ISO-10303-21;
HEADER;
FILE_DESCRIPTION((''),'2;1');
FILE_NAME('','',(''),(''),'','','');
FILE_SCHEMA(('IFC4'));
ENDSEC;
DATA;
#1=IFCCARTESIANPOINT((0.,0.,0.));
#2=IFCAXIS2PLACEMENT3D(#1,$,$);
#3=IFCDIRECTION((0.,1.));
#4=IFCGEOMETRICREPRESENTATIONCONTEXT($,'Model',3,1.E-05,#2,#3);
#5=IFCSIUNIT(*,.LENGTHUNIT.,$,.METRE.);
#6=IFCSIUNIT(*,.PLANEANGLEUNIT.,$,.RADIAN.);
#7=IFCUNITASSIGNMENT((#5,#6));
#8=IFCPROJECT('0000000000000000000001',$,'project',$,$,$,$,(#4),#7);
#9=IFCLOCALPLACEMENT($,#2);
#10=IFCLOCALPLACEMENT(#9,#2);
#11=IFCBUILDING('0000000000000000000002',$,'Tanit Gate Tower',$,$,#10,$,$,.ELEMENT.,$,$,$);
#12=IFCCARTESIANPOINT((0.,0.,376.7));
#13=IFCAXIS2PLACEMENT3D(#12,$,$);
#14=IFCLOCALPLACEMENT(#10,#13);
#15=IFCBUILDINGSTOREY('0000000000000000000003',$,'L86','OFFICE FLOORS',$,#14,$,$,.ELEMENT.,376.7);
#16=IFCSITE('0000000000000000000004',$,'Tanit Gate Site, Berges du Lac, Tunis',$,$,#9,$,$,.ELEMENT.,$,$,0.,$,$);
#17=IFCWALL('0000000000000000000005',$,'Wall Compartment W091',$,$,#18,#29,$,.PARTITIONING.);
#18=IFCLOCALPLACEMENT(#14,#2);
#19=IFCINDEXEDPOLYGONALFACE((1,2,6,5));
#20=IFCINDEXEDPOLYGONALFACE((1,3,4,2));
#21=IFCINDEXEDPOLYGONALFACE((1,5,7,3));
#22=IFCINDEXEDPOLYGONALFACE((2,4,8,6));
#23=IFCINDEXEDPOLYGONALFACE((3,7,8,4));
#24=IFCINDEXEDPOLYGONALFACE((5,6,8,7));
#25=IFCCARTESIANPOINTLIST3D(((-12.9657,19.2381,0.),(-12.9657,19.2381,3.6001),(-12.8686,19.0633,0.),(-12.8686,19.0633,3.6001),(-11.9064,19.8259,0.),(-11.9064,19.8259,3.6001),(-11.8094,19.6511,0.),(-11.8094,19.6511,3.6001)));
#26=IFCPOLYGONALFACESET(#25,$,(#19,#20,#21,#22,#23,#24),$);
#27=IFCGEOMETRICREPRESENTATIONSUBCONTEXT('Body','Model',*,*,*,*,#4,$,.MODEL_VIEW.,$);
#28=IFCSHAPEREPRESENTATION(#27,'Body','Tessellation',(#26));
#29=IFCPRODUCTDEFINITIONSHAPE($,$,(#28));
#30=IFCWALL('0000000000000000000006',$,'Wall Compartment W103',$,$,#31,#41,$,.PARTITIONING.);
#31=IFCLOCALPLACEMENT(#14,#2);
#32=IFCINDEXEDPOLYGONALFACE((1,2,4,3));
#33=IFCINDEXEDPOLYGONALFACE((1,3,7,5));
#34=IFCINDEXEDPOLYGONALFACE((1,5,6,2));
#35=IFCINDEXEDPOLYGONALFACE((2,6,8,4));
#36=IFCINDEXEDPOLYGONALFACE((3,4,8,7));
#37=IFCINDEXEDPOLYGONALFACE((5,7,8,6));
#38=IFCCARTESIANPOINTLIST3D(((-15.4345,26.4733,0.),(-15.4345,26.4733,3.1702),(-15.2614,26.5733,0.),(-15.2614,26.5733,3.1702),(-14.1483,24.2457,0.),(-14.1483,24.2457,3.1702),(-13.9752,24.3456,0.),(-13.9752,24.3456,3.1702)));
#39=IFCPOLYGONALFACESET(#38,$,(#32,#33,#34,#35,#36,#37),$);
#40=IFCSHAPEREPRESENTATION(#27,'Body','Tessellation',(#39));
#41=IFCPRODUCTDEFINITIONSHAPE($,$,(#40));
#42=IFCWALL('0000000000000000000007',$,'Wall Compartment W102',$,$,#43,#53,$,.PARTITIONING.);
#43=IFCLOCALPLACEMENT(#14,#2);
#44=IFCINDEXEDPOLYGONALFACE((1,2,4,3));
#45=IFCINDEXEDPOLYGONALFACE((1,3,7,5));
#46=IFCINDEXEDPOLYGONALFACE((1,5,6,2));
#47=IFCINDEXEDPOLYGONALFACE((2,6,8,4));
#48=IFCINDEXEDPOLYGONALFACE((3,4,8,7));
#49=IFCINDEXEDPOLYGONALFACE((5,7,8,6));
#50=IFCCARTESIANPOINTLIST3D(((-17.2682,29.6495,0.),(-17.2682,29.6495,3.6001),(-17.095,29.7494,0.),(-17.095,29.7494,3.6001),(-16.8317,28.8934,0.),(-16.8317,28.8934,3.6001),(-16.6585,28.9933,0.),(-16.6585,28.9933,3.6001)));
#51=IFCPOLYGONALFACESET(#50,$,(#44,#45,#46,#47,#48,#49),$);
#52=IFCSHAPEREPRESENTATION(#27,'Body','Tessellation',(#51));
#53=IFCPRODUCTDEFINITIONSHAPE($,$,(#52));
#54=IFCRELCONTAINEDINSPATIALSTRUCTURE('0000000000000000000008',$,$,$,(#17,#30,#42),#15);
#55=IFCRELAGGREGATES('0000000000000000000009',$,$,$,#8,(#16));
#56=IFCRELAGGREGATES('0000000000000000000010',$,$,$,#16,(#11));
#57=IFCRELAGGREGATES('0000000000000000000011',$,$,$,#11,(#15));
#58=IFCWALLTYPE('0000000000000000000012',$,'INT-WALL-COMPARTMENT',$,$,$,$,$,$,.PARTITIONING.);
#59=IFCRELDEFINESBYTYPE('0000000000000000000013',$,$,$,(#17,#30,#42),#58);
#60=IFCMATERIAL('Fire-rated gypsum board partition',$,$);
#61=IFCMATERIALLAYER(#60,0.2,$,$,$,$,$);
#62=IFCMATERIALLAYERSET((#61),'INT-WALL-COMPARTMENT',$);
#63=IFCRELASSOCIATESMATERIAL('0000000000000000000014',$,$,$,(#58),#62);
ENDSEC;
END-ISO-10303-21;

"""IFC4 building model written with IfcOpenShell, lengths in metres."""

from ifc_helpers import new_model, si_unit, direction, frame, frame_2d, origin, place, context, subcontext, project, spatial, rectangle, extrude, material, layer, layer_set, type_object, element, save


model = new_model("IFC4")

# Units and contexts
model_context = context("Model", 3, precision=1e-05, world=origin(), true_north=direction((0.0, 1.0)))
body_context = subcontext(model_context, "Body", "Model", "MODEL_VIEW")
ifc_project = project(units=[si_unit("LENGTHUNIT", "METRE"), si_unit("PLANEANGLEUNIT", "RADIAN")], contexts=[model_context])

# Site, building, storey
site_placement = place(None, origin())
site = spatial("IfcSite", under=ifc_project, at=site_placement, Name="Tanit Gate Site, Berges du Lac, Tunis", CompositionType="ELEMENT", RefElevation=0.0)
building_placement = place(site_placement, origin())
building = spatial("IfcBuilding", under=site, at=building_placement, Name="Tanit Gate Tower", CompositionType="ELEMENT")
storey_placement = place(building_placement, frame((0.0, 0.0, 376.7)))
storey = spatial("IfcBuildingStorey", under=building, at=storey_placement, Name="L86", Description="OFFICE FLOORS", CompositionType="ELEMENT", Elevation=376.7)

# Shared definitions
ifc_material_1 = material(Name="Fire-rated gypsum board partition")
ifc_layer_1 = layer(ifc_material_1, 0.2)
ifc_layer_set_1 = layer_set([ifc_layer_1], Name="INT-WALL-COMPARTMENT")
wall_type_1 = type_object("IfcWallType", Name="INT-WALL-COMPARTMENT", PredefinedType="PARTITIONING", material=ifc_layer_set_1)

# Walls
wall_1_placement = place(storey_placement, frame((-11.8579, 19.7385, 0.0), z_axis=(0.0, 0.0, 1.0), x_axis=(-0.874376, -0.485249, 0.0)))
element("IfcWall", 1, at=wall_1_placement, inside=storey, type_object=wall_type_1, Name="Wall Compartment W091", PredefinedType="PARTITIONING", context=body_context, shape_type="SweptSolid", body=[
    extrude(rectangle(XDim=1.2114, YDim=0.2, at=frame_2d((0.6057, 0.0))), origin(), (0.0, 0.0, 1.0), 3.6001),
])
wall_2_placement = place(storey_placement, frame((-14.0618, 24.2957, 0.0), z_axis=(0.0, 0.0, 1.0), x_axis=(-0.500018, 0.866015, 0.0)))
element("IfcWall", 2, at=wall_2_placement, inside=storey, type_object=wall_type_1, Name="Wall Compartment W103", PredefinedType="PARTITIONING", context=body_context, shape_type="SweptSolid", body=[
    extrude(rectangle(XDim=2.5723, YDim=0.2, at=frame_2d((1.2861, 0.0))), origin(), (0.0, 0.0, 1.0), 3.1702),
])
wall_3_placement = place(storey_placement, frame((-16.7451, 28.9434, 0.0), z_axis=(0.0, 0.0, 1.0), x_axis=(-0.499989, 0.866032, 0.0)))
element("IfcWall", 3, at=wall_3_placement, inside=storey, type_object=wall_type_1, Name="Wall Compartment W102", PredefinedType="PARTITIONING", context=body_context, shape_type="SweptSolid", body=[
    extrude(rectangle(XDim=0.873, YDim=0.2, at=frame_2d((0.4365, 0.0))), origin(), (0.0, 0.0, 1.0), 3.6001),
])

save(model, "model.ifc")
